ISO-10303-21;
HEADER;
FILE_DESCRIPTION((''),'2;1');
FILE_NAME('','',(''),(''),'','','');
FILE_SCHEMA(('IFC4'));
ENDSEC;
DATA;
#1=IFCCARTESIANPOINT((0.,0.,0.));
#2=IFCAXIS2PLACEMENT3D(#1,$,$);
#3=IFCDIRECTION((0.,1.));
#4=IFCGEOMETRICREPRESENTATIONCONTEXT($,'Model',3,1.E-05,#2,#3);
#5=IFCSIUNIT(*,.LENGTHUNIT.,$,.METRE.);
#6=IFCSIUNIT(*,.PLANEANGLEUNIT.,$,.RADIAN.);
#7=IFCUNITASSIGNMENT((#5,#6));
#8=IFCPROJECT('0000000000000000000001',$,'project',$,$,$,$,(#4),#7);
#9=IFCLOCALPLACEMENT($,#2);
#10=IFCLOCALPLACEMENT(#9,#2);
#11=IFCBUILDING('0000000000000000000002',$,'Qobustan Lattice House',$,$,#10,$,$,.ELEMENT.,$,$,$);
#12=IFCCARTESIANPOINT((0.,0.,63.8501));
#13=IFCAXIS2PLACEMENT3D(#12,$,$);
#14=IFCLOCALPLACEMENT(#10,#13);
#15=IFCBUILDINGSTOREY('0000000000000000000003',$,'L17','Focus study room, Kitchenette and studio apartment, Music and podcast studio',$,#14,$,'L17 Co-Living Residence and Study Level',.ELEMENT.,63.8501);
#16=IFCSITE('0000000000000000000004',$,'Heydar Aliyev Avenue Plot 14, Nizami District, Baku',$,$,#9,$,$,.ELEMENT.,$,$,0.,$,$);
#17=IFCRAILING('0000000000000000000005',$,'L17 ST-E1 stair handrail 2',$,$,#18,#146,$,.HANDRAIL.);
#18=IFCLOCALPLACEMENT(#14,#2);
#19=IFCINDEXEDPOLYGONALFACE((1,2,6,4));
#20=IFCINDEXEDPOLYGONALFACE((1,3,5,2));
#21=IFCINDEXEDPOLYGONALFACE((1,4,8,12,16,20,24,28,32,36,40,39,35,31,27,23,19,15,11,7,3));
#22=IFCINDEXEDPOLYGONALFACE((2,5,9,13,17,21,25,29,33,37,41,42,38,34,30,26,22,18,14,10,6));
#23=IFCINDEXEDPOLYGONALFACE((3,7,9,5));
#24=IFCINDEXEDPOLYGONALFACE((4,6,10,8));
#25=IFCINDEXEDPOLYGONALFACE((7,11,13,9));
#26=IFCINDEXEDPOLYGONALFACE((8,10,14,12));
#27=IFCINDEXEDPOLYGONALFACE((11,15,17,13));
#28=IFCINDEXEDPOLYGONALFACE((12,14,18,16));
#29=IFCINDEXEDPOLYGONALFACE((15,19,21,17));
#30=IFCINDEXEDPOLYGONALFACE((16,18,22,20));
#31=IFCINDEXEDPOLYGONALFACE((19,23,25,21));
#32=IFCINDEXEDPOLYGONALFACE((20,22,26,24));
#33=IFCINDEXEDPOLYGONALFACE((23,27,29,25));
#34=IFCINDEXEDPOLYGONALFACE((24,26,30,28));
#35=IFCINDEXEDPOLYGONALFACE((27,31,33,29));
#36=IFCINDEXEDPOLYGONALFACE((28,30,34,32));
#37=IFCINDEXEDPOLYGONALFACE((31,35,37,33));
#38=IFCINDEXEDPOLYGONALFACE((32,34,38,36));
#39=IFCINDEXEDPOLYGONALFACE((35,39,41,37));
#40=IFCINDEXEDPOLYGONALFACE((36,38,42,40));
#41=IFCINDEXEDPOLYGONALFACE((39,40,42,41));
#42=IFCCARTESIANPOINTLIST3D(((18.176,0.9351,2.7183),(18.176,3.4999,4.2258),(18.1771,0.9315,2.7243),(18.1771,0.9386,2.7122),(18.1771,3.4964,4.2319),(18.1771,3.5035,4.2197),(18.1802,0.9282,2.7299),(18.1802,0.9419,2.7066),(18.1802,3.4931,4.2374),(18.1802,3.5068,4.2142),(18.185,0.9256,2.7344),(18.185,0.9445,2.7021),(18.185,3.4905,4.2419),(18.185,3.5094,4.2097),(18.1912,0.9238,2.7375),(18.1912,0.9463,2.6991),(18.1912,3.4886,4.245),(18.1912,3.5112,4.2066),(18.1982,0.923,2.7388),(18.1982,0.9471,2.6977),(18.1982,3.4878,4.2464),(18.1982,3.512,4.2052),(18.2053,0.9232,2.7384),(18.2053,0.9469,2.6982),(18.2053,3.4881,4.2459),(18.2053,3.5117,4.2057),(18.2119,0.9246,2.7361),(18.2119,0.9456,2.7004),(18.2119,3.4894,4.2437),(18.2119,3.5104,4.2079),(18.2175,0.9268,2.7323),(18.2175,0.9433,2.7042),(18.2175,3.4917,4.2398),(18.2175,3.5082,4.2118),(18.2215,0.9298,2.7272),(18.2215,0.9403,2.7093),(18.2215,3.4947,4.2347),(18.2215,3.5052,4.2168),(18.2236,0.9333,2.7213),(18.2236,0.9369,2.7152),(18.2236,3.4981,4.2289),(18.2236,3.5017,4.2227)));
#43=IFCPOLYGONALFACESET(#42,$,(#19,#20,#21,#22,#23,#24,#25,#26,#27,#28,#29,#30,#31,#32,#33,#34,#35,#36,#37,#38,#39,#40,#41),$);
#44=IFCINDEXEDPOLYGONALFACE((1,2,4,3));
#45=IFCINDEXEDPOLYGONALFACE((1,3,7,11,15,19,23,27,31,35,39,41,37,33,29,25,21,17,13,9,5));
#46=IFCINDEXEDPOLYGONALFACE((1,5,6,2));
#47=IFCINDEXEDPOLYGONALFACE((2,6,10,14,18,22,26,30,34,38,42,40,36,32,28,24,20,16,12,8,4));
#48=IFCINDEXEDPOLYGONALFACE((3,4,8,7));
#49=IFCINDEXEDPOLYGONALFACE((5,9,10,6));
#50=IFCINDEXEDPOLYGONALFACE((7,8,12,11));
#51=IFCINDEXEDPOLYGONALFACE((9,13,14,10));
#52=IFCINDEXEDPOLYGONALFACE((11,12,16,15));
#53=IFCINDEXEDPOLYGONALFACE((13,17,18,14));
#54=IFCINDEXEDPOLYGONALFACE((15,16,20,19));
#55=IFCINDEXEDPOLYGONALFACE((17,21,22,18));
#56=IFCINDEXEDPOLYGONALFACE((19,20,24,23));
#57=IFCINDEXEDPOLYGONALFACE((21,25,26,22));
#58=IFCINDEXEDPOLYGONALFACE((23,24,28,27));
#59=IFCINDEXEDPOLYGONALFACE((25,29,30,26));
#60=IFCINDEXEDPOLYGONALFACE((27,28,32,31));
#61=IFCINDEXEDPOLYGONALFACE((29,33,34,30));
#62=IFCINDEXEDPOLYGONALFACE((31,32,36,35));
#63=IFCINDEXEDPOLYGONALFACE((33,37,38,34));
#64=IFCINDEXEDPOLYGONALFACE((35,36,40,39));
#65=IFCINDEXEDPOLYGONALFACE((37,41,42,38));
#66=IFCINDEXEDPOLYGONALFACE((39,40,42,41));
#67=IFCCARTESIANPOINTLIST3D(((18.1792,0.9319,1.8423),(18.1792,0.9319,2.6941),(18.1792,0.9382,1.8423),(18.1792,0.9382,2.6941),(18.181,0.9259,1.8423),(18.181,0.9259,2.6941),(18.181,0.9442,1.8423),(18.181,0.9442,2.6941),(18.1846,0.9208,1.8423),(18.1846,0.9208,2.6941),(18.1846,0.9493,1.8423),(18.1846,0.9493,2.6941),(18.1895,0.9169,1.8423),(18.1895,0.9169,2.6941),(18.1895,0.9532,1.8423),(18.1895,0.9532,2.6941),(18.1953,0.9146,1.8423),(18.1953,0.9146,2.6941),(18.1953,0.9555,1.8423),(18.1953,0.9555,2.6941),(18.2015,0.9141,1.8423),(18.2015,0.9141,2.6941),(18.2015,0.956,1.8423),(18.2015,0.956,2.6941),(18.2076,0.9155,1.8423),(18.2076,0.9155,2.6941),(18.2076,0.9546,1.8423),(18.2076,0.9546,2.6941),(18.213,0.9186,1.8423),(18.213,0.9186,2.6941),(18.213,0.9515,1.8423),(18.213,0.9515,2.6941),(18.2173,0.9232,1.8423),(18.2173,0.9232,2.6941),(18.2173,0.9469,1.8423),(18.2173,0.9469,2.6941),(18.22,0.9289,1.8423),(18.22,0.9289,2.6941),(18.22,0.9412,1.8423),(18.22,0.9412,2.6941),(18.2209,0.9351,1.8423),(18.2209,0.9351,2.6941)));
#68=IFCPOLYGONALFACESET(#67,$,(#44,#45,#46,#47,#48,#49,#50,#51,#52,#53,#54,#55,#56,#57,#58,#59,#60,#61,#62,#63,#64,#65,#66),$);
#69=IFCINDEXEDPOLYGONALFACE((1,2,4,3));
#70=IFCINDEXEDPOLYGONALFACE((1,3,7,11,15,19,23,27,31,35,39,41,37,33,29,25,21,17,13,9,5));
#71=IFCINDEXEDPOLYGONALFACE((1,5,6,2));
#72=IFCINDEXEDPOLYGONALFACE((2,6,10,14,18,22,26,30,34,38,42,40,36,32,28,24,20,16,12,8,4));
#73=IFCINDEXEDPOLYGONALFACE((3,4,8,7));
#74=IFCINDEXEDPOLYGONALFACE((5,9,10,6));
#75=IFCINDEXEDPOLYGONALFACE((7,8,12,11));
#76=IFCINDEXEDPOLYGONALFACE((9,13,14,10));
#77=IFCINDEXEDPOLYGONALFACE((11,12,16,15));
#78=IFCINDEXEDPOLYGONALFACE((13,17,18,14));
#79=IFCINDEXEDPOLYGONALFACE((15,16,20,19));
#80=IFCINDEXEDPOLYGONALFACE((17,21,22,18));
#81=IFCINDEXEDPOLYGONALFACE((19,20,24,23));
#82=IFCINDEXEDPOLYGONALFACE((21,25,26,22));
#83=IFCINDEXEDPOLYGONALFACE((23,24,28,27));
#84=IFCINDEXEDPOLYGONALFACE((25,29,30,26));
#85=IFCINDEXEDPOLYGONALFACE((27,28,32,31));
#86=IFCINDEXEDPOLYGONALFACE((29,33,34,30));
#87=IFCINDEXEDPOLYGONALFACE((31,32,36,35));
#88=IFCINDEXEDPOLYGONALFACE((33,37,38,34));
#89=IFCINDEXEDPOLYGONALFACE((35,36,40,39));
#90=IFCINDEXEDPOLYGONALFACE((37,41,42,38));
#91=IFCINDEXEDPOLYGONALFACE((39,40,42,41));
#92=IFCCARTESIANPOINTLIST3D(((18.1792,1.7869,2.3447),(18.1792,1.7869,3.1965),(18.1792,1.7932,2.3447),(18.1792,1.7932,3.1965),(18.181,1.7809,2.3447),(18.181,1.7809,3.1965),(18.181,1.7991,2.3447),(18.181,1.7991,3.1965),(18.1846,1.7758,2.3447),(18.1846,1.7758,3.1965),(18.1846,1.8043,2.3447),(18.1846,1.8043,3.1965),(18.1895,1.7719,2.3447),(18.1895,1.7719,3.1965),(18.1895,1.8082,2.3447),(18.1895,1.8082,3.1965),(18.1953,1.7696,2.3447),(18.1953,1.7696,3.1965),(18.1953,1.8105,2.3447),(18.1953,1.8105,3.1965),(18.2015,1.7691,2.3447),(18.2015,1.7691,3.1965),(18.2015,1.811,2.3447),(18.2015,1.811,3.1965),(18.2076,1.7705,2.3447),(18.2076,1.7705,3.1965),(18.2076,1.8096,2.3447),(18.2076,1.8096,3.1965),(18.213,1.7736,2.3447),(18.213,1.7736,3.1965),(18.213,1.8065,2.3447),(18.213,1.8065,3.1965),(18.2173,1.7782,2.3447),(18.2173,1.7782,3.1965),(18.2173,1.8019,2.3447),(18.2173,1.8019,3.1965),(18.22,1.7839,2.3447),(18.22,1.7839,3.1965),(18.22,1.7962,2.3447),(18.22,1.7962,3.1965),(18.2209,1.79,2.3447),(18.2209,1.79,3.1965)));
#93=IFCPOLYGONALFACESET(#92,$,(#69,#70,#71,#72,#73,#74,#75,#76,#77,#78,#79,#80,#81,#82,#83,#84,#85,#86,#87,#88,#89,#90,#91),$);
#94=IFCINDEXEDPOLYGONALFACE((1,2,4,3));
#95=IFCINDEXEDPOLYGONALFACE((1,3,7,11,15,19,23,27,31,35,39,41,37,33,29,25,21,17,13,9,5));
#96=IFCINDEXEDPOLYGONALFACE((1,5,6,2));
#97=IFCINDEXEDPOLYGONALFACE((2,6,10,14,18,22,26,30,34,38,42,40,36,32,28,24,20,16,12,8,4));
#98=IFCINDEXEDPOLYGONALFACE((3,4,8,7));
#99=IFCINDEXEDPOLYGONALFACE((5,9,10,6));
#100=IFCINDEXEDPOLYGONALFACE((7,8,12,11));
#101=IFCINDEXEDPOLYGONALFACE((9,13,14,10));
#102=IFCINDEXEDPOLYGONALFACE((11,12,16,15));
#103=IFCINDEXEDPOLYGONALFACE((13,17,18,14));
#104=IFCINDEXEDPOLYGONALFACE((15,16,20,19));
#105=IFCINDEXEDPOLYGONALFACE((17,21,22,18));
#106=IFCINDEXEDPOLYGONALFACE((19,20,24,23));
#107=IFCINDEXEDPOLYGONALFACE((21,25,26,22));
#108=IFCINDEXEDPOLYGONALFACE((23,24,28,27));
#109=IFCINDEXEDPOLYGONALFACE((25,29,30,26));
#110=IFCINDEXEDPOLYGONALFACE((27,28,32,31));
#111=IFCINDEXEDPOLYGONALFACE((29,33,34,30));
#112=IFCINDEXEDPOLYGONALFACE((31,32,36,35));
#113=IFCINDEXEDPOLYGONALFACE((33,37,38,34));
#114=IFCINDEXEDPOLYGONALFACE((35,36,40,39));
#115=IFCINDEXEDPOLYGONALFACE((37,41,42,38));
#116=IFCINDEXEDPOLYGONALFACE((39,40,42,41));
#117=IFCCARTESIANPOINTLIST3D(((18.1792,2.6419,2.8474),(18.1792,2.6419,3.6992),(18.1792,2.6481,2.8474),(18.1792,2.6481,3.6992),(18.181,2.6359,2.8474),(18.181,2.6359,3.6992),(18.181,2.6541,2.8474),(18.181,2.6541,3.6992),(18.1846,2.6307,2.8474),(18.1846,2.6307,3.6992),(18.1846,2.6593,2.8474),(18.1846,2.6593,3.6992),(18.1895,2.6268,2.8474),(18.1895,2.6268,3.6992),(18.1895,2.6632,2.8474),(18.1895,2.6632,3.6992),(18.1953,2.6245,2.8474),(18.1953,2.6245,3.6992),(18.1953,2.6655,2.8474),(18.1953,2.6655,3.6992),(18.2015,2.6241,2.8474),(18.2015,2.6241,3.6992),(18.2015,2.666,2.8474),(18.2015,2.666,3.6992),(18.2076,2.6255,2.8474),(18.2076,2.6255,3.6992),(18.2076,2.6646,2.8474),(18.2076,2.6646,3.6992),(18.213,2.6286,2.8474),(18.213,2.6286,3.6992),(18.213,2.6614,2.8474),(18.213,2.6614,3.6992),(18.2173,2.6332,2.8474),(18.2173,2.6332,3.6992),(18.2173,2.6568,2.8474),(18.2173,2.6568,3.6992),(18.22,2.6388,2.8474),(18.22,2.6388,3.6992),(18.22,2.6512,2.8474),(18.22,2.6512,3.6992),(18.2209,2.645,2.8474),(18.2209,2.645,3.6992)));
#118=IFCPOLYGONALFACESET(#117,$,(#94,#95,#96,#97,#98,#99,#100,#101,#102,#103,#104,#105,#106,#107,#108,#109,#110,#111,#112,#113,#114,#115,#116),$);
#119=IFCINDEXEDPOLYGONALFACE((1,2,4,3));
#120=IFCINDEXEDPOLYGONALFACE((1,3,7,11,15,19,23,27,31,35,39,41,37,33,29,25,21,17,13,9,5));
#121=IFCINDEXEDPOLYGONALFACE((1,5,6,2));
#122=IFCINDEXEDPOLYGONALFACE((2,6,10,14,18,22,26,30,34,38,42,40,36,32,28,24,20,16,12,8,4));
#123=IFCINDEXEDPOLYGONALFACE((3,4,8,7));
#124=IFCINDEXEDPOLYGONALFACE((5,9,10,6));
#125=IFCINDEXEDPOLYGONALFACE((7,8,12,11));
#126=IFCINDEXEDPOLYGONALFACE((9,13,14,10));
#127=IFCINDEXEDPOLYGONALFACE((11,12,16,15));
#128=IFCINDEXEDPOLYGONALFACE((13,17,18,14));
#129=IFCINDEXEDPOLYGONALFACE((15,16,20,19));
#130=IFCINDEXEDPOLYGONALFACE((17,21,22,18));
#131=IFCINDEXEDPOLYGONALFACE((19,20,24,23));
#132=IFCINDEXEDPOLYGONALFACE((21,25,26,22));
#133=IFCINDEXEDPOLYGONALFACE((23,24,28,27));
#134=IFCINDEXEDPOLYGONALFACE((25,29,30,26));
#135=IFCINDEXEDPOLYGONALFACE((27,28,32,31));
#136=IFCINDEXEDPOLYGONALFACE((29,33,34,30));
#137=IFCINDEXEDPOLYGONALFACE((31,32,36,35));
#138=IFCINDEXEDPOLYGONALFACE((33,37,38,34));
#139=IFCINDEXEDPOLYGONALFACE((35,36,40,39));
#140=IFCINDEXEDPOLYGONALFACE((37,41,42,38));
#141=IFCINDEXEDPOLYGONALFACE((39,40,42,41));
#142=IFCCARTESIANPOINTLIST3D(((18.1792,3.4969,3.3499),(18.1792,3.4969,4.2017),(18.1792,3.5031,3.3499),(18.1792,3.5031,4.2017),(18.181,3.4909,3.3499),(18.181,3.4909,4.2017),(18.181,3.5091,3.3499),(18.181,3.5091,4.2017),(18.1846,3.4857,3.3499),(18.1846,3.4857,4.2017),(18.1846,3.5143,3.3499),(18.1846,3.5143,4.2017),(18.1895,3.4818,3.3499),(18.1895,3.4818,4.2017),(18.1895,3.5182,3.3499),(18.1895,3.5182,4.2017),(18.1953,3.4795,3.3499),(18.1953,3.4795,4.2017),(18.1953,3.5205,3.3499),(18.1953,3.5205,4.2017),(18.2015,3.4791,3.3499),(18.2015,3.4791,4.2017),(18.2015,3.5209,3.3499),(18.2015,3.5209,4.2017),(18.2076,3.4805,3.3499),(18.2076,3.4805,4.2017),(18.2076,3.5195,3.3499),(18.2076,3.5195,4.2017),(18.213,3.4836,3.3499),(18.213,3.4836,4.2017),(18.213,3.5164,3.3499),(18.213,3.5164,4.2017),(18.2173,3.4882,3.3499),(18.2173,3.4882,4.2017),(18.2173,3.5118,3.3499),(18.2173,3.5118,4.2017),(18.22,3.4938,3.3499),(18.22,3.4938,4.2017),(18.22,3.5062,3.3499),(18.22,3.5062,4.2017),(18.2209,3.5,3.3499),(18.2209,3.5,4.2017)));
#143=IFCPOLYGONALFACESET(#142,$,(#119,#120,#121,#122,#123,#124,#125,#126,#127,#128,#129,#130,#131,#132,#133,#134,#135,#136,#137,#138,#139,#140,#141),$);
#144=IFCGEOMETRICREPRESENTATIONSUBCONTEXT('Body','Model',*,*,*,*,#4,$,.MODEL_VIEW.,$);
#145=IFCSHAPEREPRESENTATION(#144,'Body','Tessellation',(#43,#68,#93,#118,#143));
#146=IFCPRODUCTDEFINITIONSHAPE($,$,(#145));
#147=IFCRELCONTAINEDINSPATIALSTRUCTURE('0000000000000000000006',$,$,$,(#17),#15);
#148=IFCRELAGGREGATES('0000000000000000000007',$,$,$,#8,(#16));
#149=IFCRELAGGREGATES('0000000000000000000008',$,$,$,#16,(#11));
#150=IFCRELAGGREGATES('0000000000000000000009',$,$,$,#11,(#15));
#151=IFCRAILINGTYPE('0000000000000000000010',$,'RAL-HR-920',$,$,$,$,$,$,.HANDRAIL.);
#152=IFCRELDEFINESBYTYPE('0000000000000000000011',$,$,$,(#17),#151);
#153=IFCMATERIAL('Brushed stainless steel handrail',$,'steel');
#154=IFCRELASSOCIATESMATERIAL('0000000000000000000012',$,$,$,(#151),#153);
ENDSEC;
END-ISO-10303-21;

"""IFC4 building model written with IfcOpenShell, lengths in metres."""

from ifc_helpers import new_model, si_unit, direction, frame, origin, origin_2d, place, context, subcontext, project, spatial, circle, extrude, material, type_object, element, save


model = new_model("IFC4")

# Units and contexts
model_context = context("Model", 3, precision=1e-05, world=origin(), true_north=direction((0.0, 1.0)))
body_context = subcontext(model_context, "Body", "Model", "MODEL_VIEW")
ifc_project = project(units=[si_unit("LENGTHUNIT", "METRE"), si_unit("PLANEANGLEUNIT", "RADIAN")], contexts=[model_context])

# Site, building, storey
site_placement = place(None, origin())
site = spatial("IfcSite", under=ifc_project, at=site_placement, Name="Heydar Aliyev Avenue Plot 14, Nizami District, Baku", CompositionType="ELEMENT", RefElevation=0.0)
building_placement = place(site_placement, origin())
building = spatial("IfcBuilding", under=site, at=building_placement, Name="Qobustan Lattice House", CompositionType="ELEMENT")
storey_placement = place(building_placement, frame((0.0, 0.0, 63.8501)))
storey = spatial("IfcBuildingStorey", under=building, at=storey_placement, Name="L17", Description="Focus study room, Kitchenette and studio apartment, Music and podcast studio", LongName="L17 Co-Living Residence and Study Level", CompositionType="ELEMENT", Elevation=63.8501)

# Railing
ifc_material_1 = material(Name="Brushed stainless steel handrail", Category="steel")
railing_type = type_object("IfcRailingType", Name="RAL-HR-920", PredefinedType="HANDRAIL", material=ifc_material_1)
railing_placement = place(storey_placement, frame((18.2, 0.9351, 1.8423)))
element("IfcRailing", 1, at=railing_placement, inside=storey, type_object=railing_type, Name="L17 ST-E1 stair handrail 2", PredefinedType="HANDRAIL", context=body_context, shape_type="SweptSolid", body=[
    extrude(circle(Radius=0.0239, at=origin_2d()), frame((0.0, 0.0, 0.876), z_axis=(0.0, 0.862113, 0.506715), x_axis=(-1.0, 0.0, 0.0)), (0.0, 0.0, 1.0), 2.9751),
    extrude(circle(Radius=0.021, at=origin_2d()), origin(), (0.0, 0.0, 1.0), 0.8518),
    extrude(circle(Radius=0.021, at=origin_2d()), frame((0.0, 0.855, 0.5024)), (0.0, 0.0, 1.0), 0.8518),
    extrude(circle(Radius=0.021, at=origin_2d()), frame((0.0, 1.71, 1.0051)), (0.0, 0.0, 1.0), 0.8518),
    extrude(circle(Radius=0.021, at=origin_2d()), frame((0.0, 2.5649, 1.5076)), (0.0, 0.0, 1.0), 0.8518),
])

save(model, "model.ifc")
